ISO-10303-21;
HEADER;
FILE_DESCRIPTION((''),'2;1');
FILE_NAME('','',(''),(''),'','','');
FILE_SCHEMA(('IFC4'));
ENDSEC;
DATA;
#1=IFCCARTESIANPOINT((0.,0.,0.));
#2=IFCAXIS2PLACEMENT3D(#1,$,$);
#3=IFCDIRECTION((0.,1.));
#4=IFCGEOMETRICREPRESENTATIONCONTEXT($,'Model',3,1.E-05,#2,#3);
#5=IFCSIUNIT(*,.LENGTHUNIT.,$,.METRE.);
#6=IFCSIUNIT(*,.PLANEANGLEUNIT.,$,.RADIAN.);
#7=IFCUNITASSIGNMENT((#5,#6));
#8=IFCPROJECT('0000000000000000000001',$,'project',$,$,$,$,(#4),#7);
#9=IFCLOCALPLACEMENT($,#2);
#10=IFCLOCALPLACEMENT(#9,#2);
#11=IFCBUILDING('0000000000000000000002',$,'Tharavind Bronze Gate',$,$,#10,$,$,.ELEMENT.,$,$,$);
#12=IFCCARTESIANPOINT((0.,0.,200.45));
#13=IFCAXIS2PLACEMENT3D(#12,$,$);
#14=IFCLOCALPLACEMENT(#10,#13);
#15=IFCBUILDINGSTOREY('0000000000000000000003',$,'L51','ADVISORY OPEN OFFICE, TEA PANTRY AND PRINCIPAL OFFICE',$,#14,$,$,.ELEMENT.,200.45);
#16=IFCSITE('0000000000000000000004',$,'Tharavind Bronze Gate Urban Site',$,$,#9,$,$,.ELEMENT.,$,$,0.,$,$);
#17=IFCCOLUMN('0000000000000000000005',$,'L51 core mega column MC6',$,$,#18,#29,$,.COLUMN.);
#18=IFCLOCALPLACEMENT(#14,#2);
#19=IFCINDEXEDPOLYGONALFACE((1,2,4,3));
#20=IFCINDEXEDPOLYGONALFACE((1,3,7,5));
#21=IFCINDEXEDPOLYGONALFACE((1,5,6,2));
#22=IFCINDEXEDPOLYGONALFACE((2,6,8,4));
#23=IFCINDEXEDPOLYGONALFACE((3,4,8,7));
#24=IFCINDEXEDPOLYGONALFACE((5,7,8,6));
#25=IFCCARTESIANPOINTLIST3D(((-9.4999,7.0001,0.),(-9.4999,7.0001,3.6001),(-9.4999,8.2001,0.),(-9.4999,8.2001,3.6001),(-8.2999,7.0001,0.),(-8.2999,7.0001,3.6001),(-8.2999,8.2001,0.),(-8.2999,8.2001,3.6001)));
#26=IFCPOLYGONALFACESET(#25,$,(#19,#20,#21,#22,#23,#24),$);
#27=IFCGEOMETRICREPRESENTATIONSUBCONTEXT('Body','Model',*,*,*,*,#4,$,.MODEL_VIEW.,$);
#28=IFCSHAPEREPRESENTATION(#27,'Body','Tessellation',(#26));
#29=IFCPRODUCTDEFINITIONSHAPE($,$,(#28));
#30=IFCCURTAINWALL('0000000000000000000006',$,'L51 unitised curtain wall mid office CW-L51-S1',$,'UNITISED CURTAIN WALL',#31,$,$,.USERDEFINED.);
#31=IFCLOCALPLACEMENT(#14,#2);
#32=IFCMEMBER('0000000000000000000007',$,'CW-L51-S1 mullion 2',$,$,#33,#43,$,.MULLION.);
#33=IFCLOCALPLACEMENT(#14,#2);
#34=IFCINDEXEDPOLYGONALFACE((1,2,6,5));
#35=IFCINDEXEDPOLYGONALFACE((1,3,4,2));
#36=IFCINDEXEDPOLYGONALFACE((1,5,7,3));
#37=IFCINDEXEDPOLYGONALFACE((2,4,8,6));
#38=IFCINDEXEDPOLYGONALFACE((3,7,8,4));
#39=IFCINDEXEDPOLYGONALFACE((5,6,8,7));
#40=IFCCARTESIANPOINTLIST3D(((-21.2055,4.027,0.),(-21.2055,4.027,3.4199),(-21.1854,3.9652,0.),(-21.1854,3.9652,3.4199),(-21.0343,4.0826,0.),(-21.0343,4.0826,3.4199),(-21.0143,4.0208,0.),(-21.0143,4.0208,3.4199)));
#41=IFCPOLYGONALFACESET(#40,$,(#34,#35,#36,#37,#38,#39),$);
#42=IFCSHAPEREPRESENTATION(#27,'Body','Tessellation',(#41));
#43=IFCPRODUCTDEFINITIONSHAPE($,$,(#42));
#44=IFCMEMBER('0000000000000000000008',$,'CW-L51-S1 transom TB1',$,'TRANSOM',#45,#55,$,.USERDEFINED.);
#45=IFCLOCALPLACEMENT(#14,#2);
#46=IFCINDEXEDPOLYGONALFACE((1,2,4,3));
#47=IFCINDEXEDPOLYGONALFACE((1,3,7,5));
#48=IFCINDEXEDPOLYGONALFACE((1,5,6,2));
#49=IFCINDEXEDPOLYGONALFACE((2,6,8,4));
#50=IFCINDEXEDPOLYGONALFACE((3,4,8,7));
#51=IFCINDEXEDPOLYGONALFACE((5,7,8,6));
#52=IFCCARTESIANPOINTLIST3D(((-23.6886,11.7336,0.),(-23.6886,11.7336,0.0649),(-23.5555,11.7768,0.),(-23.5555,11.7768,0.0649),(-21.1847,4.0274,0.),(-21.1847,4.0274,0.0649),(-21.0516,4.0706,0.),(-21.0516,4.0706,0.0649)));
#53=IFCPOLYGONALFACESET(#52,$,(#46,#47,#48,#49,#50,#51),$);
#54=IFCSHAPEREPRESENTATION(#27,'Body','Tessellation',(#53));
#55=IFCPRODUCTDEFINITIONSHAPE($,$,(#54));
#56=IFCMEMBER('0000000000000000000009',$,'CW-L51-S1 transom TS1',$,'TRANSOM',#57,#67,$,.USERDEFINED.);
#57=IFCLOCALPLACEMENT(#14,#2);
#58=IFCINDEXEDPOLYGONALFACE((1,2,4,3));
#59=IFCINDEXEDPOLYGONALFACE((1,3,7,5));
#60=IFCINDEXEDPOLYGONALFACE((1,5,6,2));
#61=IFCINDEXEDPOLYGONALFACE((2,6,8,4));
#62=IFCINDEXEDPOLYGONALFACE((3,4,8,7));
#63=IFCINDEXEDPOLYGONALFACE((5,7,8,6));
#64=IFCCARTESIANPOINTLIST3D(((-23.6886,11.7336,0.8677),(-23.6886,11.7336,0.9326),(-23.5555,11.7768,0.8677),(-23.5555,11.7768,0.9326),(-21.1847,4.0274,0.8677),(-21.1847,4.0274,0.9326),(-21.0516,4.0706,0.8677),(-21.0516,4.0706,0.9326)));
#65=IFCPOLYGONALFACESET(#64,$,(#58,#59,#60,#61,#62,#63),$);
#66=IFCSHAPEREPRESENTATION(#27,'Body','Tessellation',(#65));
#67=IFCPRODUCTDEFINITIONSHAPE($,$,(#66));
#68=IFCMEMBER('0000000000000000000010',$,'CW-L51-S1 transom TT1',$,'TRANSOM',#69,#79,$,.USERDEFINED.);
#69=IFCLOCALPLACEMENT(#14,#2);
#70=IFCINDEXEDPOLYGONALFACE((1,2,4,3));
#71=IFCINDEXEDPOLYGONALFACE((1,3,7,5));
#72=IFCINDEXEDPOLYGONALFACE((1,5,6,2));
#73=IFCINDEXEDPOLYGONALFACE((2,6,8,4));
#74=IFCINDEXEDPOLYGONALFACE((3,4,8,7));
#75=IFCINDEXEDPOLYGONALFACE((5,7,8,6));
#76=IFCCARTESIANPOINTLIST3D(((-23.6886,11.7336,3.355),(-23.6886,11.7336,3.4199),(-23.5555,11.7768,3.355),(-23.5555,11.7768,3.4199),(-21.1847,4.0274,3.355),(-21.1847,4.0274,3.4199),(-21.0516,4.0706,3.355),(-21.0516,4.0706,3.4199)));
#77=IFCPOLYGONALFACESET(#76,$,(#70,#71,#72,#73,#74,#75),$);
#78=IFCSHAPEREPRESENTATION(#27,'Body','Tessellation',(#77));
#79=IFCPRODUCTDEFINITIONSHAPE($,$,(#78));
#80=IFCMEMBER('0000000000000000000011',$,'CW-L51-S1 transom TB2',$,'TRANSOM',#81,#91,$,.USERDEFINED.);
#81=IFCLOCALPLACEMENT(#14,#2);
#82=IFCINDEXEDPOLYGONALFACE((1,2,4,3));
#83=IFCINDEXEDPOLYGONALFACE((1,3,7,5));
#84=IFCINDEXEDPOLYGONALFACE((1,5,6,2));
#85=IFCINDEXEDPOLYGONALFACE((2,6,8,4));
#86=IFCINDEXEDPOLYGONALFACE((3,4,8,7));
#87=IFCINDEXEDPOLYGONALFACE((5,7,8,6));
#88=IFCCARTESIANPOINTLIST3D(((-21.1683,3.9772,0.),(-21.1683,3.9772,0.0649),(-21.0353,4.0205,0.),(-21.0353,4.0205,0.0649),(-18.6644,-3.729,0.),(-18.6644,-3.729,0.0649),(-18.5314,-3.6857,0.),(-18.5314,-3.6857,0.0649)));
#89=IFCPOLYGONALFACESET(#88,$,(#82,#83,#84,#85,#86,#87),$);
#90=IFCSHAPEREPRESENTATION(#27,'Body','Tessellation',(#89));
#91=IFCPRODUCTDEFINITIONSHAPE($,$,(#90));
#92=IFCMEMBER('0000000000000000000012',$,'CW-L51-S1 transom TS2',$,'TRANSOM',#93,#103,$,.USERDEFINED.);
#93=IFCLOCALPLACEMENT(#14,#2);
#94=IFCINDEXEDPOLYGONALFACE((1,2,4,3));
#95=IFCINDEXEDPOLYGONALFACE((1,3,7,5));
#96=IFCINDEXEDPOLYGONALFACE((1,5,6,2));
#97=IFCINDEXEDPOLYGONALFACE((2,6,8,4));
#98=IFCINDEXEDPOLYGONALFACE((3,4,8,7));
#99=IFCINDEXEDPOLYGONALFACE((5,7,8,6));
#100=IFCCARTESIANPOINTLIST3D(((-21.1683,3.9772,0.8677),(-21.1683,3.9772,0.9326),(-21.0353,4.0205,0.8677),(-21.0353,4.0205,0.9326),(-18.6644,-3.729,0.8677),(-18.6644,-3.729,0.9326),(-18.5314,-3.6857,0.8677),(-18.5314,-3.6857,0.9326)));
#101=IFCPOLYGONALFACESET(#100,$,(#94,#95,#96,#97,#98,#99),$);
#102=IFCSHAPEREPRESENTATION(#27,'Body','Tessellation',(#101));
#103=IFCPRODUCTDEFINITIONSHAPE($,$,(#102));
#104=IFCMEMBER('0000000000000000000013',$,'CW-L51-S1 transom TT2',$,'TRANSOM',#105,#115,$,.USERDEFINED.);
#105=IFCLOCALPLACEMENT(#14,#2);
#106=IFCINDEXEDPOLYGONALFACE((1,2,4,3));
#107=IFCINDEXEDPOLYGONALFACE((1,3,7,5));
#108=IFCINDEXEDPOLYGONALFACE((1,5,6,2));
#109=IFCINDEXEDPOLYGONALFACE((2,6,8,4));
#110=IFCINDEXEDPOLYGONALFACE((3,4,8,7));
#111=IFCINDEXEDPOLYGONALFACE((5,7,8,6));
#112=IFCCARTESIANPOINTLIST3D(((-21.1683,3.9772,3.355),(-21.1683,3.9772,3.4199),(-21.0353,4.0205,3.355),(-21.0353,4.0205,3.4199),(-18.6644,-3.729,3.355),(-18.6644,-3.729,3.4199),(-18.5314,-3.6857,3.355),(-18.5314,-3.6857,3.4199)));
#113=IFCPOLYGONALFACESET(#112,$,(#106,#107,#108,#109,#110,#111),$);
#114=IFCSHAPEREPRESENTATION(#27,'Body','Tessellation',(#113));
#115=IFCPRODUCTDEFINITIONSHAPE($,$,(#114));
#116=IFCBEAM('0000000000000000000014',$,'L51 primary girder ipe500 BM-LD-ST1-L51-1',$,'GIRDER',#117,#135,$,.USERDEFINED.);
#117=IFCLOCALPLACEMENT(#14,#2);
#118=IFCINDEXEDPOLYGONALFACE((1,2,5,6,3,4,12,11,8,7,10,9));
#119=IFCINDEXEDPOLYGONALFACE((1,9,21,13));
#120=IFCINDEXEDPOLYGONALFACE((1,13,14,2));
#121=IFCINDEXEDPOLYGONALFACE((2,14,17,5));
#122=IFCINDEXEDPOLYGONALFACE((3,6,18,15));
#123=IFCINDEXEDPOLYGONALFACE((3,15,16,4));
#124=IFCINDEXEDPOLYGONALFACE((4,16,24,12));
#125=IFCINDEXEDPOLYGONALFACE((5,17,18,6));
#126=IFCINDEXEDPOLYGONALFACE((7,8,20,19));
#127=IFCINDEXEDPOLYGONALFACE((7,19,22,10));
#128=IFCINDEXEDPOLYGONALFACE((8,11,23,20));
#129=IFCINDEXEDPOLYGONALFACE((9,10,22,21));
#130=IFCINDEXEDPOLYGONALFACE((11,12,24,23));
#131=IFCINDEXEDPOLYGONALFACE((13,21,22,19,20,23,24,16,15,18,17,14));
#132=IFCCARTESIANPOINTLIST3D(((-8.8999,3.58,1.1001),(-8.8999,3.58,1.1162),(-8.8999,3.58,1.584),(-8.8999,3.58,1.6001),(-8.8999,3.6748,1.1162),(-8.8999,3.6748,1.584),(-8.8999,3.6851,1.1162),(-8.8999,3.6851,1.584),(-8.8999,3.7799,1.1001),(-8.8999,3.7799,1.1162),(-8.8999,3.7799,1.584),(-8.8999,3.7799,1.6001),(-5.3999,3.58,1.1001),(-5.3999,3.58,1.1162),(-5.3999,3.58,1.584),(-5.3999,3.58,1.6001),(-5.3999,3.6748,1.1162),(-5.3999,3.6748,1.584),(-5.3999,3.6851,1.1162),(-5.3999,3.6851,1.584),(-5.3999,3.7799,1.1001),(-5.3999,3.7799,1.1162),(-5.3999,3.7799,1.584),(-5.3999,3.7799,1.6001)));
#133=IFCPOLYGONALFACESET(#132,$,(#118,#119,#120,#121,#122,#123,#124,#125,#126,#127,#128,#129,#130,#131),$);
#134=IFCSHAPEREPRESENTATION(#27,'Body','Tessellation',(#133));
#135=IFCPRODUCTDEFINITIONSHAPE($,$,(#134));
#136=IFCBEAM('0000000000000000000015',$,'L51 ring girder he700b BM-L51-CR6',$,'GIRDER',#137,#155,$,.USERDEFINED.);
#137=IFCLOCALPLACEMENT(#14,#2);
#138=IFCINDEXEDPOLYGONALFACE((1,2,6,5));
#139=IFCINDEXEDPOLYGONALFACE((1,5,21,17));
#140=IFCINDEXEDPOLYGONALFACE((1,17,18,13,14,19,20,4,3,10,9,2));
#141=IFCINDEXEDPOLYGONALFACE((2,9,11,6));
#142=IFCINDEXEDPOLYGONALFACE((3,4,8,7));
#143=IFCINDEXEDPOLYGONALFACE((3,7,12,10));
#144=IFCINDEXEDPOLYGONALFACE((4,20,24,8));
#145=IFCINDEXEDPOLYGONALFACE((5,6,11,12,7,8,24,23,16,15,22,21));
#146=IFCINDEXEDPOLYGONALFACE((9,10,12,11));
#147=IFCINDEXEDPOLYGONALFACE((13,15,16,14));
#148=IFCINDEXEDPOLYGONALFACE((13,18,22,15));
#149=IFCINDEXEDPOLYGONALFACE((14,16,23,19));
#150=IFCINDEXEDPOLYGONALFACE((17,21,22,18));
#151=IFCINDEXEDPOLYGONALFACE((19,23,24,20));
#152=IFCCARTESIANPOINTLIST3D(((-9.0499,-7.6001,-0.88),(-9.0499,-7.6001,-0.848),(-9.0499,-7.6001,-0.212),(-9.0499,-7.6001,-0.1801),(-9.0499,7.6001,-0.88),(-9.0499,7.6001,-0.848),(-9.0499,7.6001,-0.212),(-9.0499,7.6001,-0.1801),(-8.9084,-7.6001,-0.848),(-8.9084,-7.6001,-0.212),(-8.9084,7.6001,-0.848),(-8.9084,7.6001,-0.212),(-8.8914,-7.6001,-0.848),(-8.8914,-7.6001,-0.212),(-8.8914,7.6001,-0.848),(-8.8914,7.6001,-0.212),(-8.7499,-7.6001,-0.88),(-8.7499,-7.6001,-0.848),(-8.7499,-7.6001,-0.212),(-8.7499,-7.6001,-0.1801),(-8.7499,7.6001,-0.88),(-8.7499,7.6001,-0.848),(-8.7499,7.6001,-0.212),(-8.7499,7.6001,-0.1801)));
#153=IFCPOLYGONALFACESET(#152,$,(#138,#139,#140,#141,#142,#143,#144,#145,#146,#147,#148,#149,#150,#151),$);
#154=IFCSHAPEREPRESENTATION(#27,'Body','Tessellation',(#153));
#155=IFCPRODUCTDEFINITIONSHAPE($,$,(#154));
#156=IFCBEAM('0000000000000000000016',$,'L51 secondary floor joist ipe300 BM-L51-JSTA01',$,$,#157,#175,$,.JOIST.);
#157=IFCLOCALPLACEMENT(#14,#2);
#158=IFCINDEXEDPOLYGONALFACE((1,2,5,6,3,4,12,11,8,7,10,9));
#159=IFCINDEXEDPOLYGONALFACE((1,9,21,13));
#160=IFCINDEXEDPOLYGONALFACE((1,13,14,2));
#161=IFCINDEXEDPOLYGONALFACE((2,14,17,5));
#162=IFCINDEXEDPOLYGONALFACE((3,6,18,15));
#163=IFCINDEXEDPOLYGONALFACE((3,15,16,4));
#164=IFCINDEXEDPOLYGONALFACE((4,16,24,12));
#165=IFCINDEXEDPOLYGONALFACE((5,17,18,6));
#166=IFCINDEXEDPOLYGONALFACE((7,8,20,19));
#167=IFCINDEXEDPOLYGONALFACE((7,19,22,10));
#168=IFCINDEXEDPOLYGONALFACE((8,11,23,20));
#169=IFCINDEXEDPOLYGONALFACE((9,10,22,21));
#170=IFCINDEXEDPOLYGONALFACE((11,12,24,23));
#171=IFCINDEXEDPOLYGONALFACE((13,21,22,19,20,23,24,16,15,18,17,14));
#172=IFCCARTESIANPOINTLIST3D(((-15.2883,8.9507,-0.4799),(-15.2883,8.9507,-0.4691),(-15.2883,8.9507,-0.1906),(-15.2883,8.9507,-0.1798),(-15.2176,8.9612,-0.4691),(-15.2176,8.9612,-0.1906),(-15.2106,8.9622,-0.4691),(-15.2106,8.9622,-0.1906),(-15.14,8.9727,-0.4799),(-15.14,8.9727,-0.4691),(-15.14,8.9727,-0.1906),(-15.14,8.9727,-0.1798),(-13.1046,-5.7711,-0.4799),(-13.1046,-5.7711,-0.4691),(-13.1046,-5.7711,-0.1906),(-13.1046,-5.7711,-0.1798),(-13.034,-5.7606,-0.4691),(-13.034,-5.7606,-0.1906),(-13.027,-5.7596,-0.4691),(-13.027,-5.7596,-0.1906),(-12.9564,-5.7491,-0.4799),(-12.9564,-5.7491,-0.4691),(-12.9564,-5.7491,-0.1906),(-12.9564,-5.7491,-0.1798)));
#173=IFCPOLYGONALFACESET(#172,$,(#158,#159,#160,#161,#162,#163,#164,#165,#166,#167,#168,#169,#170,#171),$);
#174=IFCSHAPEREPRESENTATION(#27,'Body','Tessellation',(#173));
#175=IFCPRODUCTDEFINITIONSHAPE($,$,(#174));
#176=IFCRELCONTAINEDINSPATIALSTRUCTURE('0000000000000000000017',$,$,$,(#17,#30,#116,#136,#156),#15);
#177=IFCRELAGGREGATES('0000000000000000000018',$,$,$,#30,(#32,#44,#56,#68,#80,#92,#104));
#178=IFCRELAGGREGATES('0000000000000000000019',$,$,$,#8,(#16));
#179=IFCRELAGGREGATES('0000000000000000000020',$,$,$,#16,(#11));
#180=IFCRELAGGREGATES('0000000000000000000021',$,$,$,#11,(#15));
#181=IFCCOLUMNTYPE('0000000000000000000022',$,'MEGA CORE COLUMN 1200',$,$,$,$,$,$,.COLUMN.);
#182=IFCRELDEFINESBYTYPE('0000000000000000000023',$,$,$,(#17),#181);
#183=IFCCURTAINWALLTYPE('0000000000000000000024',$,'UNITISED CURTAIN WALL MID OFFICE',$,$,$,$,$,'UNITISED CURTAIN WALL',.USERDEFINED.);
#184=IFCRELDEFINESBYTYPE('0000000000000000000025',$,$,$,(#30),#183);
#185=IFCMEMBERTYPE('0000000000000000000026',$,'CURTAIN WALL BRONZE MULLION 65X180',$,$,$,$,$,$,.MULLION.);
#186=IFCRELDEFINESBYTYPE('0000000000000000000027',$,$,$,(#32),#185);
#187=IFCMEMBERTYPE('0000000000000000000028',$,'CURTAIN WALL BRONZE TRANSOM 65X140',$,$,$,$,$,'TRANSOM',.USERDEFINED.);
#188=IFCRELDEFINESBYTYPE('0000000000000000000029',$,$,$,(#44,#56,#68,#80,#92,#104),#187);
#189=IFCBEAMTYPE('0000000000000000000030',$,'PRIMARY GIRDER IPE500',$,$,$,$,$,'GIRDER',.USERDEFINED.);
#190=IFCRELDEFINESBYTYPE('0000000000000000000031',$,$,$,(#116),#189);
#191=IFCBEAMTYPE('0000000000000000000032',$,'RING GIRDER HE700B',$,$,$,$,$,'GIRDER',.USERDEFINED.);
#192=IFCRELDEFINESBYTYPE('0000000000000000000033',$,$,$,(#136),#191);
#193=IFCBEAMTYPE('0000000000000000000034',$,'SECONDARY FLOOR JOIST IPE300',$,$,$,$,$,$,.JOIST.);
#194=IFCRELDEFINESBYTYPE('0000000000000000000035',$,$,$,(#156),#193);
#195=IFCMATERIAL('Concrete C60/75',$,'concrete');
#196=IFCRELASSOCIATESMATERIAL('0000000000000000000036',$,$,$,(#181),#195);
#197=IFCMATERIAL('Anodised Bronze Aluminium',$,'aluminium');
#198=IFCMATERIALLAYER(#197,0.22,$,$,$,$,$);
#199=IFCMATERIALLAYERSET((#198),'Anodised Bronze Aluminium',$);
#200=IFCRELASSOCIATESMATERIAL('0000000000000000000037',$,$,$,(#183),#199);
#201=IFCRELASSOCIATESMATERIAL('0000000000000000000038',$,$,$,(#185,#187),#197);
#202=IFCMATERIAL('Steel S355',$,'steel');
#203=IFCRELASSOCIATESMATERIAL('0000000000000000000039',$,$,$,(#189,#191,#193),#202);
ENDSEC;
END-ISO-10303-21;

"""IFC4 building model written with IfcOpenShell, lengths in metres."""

from ifc_helpers import new_model, si_unit, direction, frame, origin, origin_2d, place, context, subcontext, project, spatial, rectangle, i_section, extrude, material, layer, layer_set, material_profile, profile_set, type_object, element, aggregate, save


model = new_model("IFC4")

# Units and contexts
model_context = context("Model", 3, precision=1e-05, world=origin(), true_north=direction((0.0, 1.0)))
body_context = subcontext(model_context, "Body", "Model", "MODEL_VIEW")
ifc_project = project(units=[si_unit("LENGTHUNIT", "METRE"), si_unit("PLANEANGLEUNIT", "RADIAN")], contexts=[model_context])

# Site, building, storey
site_placement = place(None, origin())
site = spatial("IfcSite", under=ifc_project, at=site_placement, Name="Tharavind Bronze Gate Urban Site", CompositionType="ELEMENT", RefElevation=0.0)
building_placement = place(site_placement, origin())
building = spatial("IfcBuilding", under=site, at=building_placement, Name="Tharavind Bronze Gate", CompositionType="ELEMENT")
storey_placement = place(building_placement, frame((0.0, 0.0, 200.45)))
storey = spatial("IfcBuildingStorey", under=building, at=storey_placement, Name="L51", Description="ADVISORY OPEN OFFICE, TEA PANTRY AND PRINCIPAL OFFICE", CompositionType="ELEMENT", Elevation=200.45)

# Column
ifc_material_1 = material(Name="Concrete C60/75", Category="concrete")
ifc_material_profile_1 = material_profile(ifc_material_1, rectangle(XDim=1.2, YDim=1.2, at=origin_2d()), Name="RCCOL1200")
ifc_profile_set_1 = profile_set([ifc_material_profile_1], Name="Concrete C60/75")
column_type = type_object("IfcColumnType", Name="MEGA CORE COLUMN 1200", PredefinedType="COLUMN", material=ifc_profile_set_1)
column_placement = place(storey_placement, frame((-8.8999, 7.6001, 0.0), z_axis=(0.0, 0.0, 1.0), x_axis=(1.0, 0.0, 0.0)))
element("IfcColumn", 1, at=column_placement, inside=storey, type_object=column_type, Name="L51 core mega column MC6", PredefinedType="COLUMN", context=body_context, shape_type="SweptSolid", body=[
    extrude(rectangle(XDim=1.2, YDim=1.2, at=origin_2d()), origin(), (0.0, 0.0, 1.0), 3.6001),
])

# Curtain wall, members
ifc_material_2 = material(Name="Anodised Bronze Aluminium", Category="aluminium")
ifc_layer_1 = layer(ifc_material_2, 0.22)
ifc_layer_set_1 = layer_set([ifc_layer_1], Name="Anodised Bronze Aluminium")
curtain_wall_type = type_object("IfcCurtainWallType", Name="UNITISED CURTAIN WALL MID OFFICE", ElementType="UNITISED CURTAIN WALL", PredefinedType="USERDEFINED", material=ifc_layer_set_1)
curtain_wall_placement = place(storey_placement, origin())
curtain_wall = element("IfcCurtainWall", 2, at=curtain_wall_placement, inside=storey, type_object=curtain_wall_type, Name="L51 unitised curtain wall mid office CW-L51-S1", ObjectType="UNITISED CURTAIN WALL", PredefinedType="USERDEFINED")
member_type_1 = type_object("IfcMemberType", Name="CURTAIN WALL BRONZE MULLION 65X180", PredefinedType="MULLION", material=ifc_material_2)
member_1_placement = place(storey_placement, frame((-21.1099, 4.0239, 0.0), z_axis=(0.0, 0.0, 1.0), x_axis=(0.309017, -0.951057, 0.0)))
member_1 = element("IfcMember", 3, at=member_1_placement, type_object=member_type_1, Name="CW-L51-S1 mullion 2", PredefinedType="MULLION", context=body_context, shape_type="SweptSolid", body=[
    extrude(rectangle(XDim=0.0649, YDim=0.1799, at=origin_2d()), origin(), (0.0, 0.0, 1.0), 3.4199),
])
member_type_2 = type_object("IfcMemberType", Name="CURTAIN WALL BRONZE TRANSOM 65X140", ElementType="TRANSOM", PredefinedType="USERDEFINED", material=ifc_material_2)
member_2_placement = place(storey_placement, frame((-22.3701, 7.9021, 0.0), z_axis=(0.0, 0.0, 1.0), x_axis=(0.309017, -0.951057, 0.0)))
member_2 = element("IfcMember", 4, at=member_2_placement, type_object=member_type_2, Name="CW-L51-S1 transom TB1", ObjectType="TRANSOM", PredefinedType="USERDEFINED", context=body_context, shape_type="SweptSolid", body=[
    extrude(rectangle(XDim=8.1028, YDim=0.1399, at=origin_2d()), origin(), (0.0, 0.0, 1.0), 0.0649),
])
member_3_placement = place(storey_placement, frame((-22.3701, 7.9021, 0.8677), z_axis=(0.0, 0.0, 1.0), x_axis=(0.309017, -0.951057, 0.0)))
member_3 = element("IfcMember", 5, at=member_3_placement, type_object=member_type_2, Name="CW-L51-S1 transom TS1", ObjectType="TRANSOM", PredefinedType="USERDEFINED", context=body_context, shape_type="SweptSolid", body=[
    extrude(rectangle(XDim=8.1028, YDim=0.1399, at=origin_2d()), origin(), (0.0, 0.0, 1.0), 0.0649),
])
member_4_placement = place(storey_placement, frame((-22.3701, 7.9021, 3.355), z_axis=(0.0, 0.0, 1.0), x_axis=(0.309017, -0.951057, 0.0)))
member_4 = element("IfcMember", 6, at=member_4_placement, type_object=member_type_2, Name="CW-L51-S1 transom TT1", ObjectType="TRANSOM", PredefinedType="USERDEFINED", context=body_context, shape_type="SweptSolid", body=[
    extrude(rectangle(XDim=8.1028, YDim=0.1399, at=origin_2d()), origin(), (0.0, 0.0, 1.0), 0.0649),
])
member_5_placement = place(storey_placement, frame((-19.8499, 0.1458, 0.0), z_axis=(0.0, 0.0, 1.0), x_axis=(0.309017, -0.951057, 0.0)))
member_5 = element("IfcMember", 7, at=member_5_placement, type_object=member_type_2, Name="CW-L51-S1 transom TB2", ObjectType="TRANSOM", PredefinedType="USERDEFINED", context=body_context, shape_type="SweptSolid", body=[
    extrude(rectangle(XDim=8.1028, YDim=0.1399, at=origin_2d()), origin(), (0.0, 0.0, 1.0), 0.0649),
])
member_6_placement = place(storey_placement, frame((-19.8499, 0.1458, 0.8677), z_axis=(0.0, 0.0, 1.0), x_axis=(0.309017, -0.951057, 0.0)))
member_6 = element("IfcMember", 8, at=member_6_placement, type_object=member_type_2, Name="CW-L51-S1 transom TS2", ObjectType="TRANSOM", PredefinedType="USERDEFINED", context=body_context, shape_type="SweptSolid", body=[
    extrude(rectangle(XDim=8.1028, YDim=0.1399, at=origin_2d()), origin(), (0.0, 0.0, 1.0), 0.0649),
])
member_7_placement = place(storey_placement, frame((-19.8499, 0.1458, 3.355), z_axis=(0.0, 0.0, 1.0), x_axis=(0.309017, -0.951057, 0.0)))
member_7 = element("IfcMember", 9, at=member_7_placement, type_object=member_type_2, Name="CW-L51-S1 transom TT2", ObjectType="TRANSOM", PredefinedType="USERDEFINED", context=body_context, shape_type="SweptSolid", body=[
    extrude(rectangle(XDim=8.1028, YDim=0.1399, at=origin_2d()), origin(), (0.0, 0.0, 1.0), 0.0649),
])

# Beams
ifc_material_3 = material(Name="Steel S355", Category="steel")
ifc_material_profile_2 = material_profile(ifc_material_3, i_section(OverallWidth=0.2, OverallDepth=0.5, WebThickness=0.0103, FlangeThickness=0.0161, at=origin_2d()), Name="IPE500")
ifc_profile_set_2 = profile_set([ifc_material_profile_2], Name="Steel S355")
beam_type_1 = type_object("IfcBeamType", Name="PRIMARY GIRDER IPE500", ElementType="GIRDER", PredefinedType="USERDEFINED", material=ifc_profile_set_2)
beam_1_placement = place(storey_placement, frame((-8.8999, 3.6799, 1.3501), z_axis=(1.0, 0.0, 0.0), x_axis=(0.0, 1.0, 0.0)))
element("IfcBeam", 10, at=beam_1_placement, inside=storey, type_object=beam_type_1, Name="L51 primary girder ipe500 BM-LD-ST1-L51-1", ObjectType="GIRDER", PredefinedType="USERDEFINED", context=body_context, shape_type="SweptSolid", body=[
    extrude(i_section(OverallWidth=0.2, OverallDepth=0.5, WebThickness=0.0103, FlangeThickness=0.0161, at=origin_2d()), origin(), (0.0, 0.0, 1.0), 3.5),
])
ifc_material_profile_3 = material_profile(ifc_material_3, i_section(OverallWidth=0.3, OverallDepth=0.7, WebThickness=0.0171, FlangeThickness=0.032, at=origin_2d()), Name="HE700B")
ifc_profile_set_3 = profile_set([ifc_material_profile_3], Name="Steel S355")
beam_type_2 = type_object("IfcBeamType", Name="RING GIRDER HE700B", ElementType="GIRDER", PredefinedType="USERDEFINED", material=ifc_profile_set_3)
beam_2_placement = place(storey_placement, frame((-8.8999, 7.6001, -0.53), z_axis=(0.0, -1.0, 0.0), x_axis=(1.0, 0.0, 0.0)))
element("IfcBeam", 11, at=beam_2_placement, inside=storey, type_object=beam_type_2, Name="L51 ring girder he700b BM-L51-CR6", ObjectType="GIRDER", PredefinedType="USERDEFINED", context=body_context, shape_type="SweptSolid", body=[
    extrude(i_section(OverallWidth=0.3, OverallDepth=0.7, WebThickness=0.0171, FlangeThickness=0.032, at=origin_2d()), origin(), (0.0, 0.0, 1.0), 15.2002),
])
ifc_material_profile_4 = material_profile(ifc_material_3, i_section(OverallWidth=0.1499, OverallDepth=0.3, WebThickness=0.0071, FlangeThickness=0.0107, at=origin_2d()), Name="IPE300")
ifc_profile_set_4 = profile_set([ifc_material_profile_4], Name="Steel S355")
beam_type_3 = type_object("IfcBeamType", Name="SECONDARY FLOOR JOIST IPE300", PredefinedType="JOIST", material=ifc_profile_set_4)
beam_3_placement = place(storey_placement, frame((-15.2141, 8.9617, -0.3298), z_axis=(0.14672, -0.989178, 0.0), x_axis=(0.989178, 0.14672, 0.0)))
element("IfcBeam", 12, at=beam_3_placement, inside=storey, type_object=beam_type_3, Name="L51 secondary floor joist ipe300 BM-L51-JSTA01", PredefinedType="JOIST", context=body_context, shape_type="SweptSolid", body=[
    extrude(i_section(OverallWidth=0.1499, OverallDepth=0.3, WebThickness=0.0071, FlangeThickness=0.0107, at=origin_2d()), origin(), (0.0, 0.0, 1.0), 14.8828),
])

aggregate(curtain_wall, [member_1, member_2, member_3, member_4, member_5, member_6, member_7])

save(model, "model.ifc")
